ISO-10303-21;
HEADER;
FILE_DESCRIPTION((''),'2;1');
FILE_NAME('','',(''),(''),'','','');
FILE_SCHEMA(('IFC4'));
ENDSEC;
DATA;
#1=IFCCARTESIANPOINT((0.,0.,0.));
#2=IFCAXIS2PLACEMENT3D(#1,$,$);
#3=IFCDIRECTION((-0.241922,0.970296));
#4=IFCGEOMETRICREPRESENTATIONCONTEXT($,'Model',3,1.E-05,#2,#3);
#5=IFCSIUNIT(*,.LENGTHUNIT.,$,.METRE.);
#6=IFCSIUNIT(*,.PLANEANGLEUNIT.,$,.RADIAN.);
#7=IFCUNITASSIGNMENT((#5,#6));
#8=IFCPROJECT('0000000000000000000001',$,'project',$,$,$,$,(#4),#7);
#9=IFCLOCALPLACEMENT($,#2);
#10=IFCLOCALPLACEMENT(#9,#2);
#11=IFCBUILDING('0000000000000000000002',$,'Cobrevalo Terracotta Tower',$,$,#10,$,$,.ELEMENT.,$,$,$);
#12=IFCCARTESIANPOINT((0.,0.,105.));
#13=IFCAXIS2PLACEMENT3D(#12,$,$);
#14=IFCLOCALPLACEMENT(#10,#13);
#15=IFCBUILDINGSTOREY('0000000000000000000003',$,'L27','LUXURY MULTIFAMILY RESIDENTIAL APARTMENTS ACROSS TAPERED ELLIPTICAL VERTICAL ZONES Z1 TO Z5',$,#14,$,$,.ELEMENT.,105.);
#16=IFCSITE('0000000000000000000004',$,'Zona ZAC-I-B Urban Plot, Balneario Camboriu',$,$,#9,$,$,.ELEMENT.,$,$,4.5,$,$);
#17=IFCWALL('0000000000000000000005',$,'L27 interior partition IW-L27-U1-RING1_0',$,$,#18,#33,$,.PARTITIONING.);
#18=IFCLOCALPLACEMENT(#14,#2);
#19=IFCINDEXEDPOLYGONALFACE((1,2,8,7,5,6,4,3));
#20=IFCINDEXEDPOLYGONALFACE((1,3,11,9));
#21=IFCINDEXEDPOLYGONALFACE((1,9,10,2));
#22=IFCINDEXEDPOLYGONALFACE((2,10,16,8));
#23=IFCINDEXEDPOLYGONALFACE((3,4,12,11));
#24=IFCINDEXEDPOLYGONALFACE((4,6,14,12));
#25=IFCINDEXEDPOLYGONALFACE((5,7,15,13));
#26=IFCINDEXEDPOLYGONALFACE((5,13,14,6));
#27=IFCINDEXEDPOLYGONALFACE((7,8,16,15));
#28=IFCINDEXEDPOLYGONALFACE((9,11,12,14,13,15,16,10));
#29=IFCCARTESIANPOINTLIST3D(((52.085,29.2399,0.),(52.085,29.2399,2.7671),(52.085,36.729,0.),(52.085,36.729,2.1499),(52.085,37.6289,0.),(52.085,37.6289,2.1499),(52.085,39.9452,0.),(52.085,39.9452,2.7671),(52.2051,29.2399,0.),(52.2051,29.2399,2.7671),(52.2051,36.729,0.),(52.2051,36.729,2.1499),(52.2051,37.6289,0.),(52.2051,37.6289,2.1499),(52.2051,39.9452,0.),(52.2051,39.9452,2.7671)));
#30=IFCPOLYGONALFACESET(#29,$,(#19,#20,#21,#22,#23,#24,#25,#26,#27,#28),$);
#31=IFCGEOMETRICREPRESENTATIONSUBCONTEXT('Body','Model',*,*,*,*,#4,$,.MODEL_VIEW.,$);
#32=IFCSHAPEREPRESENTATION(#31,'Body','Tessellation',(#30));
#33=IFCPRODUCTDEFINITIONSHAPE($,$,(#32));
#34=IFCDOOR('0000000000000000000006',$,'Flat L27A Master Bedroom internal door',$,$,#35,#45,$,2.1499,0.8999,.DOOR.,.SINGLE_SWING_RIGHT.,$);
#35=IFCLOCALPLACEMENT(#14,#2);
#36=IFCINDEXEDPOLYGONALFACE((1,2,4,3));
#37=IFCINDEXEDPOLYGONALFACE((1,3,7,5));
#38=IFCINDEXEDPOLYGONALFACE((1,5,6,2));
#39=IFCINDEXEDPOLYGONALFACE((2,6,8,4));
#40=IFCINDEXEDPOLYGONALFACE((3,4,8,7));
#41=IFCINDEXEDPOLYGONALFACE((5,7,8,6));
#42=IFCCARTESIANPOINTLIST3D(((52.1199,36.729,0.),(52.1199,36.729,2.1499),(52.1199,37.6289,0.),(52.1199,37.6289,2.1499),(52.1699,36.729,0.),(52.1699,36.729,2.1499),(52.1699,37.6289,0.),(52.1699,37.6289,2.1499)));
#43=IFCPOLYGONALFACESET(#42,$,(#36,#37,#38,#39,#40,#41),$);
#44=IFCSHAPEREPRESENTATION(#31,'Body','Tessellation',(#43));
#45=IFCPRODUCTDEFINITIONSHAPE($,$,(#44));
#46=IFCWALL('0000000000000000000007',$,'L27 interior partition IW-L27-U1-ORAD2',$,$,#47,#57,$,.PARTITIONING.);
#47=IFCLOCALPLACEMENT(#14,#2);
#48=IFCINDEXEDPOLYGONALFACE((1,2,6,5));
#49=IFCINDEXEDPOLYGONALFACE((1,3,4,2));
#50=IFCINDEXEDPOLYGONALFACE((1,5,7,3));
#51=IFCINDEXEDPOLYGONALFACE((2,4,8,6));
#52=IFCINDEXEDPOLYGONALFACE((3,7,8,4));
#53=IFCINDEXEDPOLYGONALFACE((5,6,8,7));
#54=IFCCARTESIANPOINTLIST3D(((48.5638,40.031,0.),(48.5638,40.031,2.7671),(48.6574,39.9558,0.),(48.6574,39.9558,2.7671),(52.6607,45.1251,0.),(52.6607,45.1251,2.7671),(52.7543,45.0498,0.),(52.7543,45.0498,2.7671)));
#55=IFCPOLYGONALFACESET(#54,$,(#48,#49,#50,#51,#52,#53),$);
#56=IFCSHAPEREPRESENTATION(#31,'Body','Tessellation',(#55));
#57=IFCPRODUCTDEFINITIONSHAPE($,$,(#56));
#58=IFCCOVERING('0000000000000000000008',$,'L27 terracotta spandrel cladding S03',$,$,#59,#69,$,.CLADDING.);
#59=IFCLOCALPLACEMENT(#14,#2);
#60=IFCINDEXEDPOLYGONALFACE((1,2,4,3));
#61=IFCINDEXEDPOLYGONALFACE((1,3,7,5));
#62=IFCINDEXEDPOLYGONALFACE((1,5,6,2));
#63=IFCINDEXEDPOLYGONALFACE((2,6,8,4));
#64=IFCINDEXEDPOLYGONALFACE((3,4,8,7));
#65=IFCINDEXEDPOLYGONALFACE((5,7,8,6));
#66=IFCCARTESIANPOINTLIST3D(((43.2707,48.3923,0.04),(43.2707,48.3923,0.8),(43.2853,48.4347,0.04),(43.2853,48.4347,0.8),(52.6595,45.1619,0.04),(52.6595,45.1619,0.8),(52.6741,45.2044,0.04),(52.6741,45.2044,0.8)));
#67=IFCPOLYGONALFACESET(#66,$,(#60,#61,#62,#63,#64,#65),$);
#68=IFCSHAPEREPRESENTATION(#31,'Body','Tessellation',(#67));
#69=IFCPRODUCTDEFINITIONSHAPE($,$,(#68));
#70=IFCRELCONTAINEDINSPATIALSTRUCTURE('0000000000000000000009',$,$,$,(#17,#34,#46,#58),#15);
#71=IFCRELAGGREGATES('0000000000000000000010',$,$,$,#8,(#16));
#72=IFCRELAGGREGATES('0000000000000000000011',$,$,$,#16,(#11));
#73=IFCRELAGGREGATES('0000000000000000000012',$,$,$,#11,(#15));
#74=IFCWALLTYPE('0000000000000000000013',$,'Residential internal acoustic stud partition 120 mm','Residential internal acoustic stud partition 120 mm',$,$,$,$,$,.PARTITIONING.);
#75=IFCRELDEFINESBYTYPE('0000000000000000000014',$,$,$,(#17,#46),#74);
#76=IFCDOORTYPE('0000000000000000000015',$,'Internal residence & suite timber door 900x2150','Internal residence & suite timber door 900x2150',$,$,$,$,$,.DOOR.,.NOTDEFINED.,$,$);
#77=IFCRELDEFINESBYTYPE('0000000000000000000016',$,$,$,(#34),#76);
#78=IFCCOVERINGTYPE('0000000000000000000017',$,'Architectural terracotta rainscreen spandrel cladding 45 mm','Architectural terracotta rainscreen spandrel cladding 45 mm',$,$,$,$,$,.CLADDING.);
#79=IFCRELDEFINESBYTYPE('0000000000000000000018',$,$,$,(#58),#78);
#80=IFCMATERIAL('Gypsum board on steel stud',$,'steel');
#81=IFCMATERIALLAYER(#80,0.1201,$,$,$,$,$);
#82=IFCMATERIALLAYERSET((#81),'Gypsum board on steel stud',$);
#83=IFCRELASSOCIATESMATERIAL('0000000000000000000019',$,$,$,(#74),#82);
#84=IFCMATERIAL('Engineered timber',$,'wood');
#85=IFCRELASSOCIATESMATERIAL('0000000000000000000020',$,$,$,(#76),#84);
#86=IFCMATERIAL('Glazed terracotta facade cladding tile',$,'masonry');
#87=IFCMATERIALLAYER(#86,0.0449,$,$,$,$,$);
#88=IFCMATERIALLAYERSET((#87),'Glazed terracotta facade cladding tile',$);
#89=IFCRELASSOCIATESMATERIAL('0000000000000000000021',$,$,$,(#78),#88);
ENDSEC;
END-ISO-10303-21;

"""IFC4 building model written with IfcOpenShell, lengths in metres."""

from ifc_helpers import new_model, si_unit, direction, frame, frame_2d, origin, origin_2d, place, context, subcontext, project, spatial, rectangle, extrude, source, transform, mapped, material, layer, layer_set, type_object, element, fill, save


model = new_model("IFC4")

# Units and contexts
model_context = context("Model", 3, precision=1e-05, world=origin(), true_north=direction((-0.241922, 0.970296)))
body_context = subcontext(model_context, "Body", "Model", "MODEL_VIEW")
ifc_project = project(units=[si_unit("LENGTHUNIT", "METRE"), si_unit("PLANEANGLEUNIT", "RADIAN")], contexts=[model_context])

# Site, building, storey
site_placement = place(None, origin())
site = spatial("IfcSite", under=ifc_project, at=site_placement, Name="Zona ZAC-I-B Urban Plot, Balneario Camboriu", CompositionType="ELEMENT", RefElevation=4.5)
building_placement = place(site_placement, origin())
building = spatial("IfcBuilding", under=site, at=building_placement, Name="Cobrevalo Terracotta Tower", CompositionType="ELEMENT")
storey_placement = place(building_placement, frame((0.0, 0.0, 105.0)))
storey = spatial("IfcBuildingStorey", under=building, at=storey_placement, Name="L27", Description="LUXURY MULTIFAMILY RESIDENTIAL APARTMENTS ACROSS TAPERED ELLIPTICAL VERTICAL ZONES Z1 TO Z5", CompositionType="ELEMENT", Elevation=105.0)

# Wall, opening, door
ifc_material_1 = material(Name="Gypsum board on steel stud", Category="steel")
ifc_layer_1 = layer(ifc_material_1, 0.1201)
ifc_layer_set_1 = layer_set([ifc_layer_1], Name="Gypsum board on steel stud")
wall_type_1 = type_object("IfcWallType", Name="Residential internal acoustic stud partition 120 mm", Description="Residential internal acoustic stud partition 120 mm", PredefinedType="PARTITIONING", material=ifc_layer_set_1)
wall_1_placement = place(storey_placement, frame((52.145, 39.9451, 0.0), z_axis=(0.0, 0.0, 1.0), x_axis=(0.0, -1.0, 0.0)))
wall_1 = element("IfcWall", 1, at=wall_1_placement, inside=storey, type_object=wall_type_1, Name="L27 interior partition IW-L27-U1-RING1_0", PredefinedType="PARTITIONING", context=body_context, shape_type="SweptSolid", body=[
    extrude(rectangle(XDim=10.7053, YDim=0.1201, at=frame_2d((5.3525, 0.0))), origin(), (0.0, 0.0, 1.0), 2.7671),
])
opening_1_placement = place(wall_1_placement, frame((2.3162, 0.0, 0.0)))
opening_1 = element("IfcOpeningElement", 2, at=opening_1_placement, cuts=wall_1, PredefinedType="OPENING", context=body_context, shape_type="SweptSolid", body=[
    extrude(rectangle(XDim=0.8999, YDim=2.1499, at=frame_2d((0.45, 1.075))), frame((0.0, 0.0701, 0.0), z_axis=(0.0, -1.0, 0.0), x_axis=(1.0, 0.0, 0.0)), (0.0, 0.0, 1.0), 0.1401),
])
ifc_material_2 = material(Name="Engineered timber", Category="wood")
door_type_1 = type_object("IfcDoorType", Name="Internal residence & suite timber door 900x2150", Description="Internal residence & suite timber door 900x2150", OperationType="NOTDEFINED", PredefinedType="DOOR", material=ifc_material_2)
shared_shape_1 = source(origin(), body_context, "Body", "SweptSolid", [
    extrude(rectangle(XDim=0.8999, YDim=2.1499, at=frame_2d((0.45, 1.075))), frame((0.0, 0.0249, 0.0), z_axis=(0.0, -1.0, 0.0), x_axis=(1.0, 0.0, 0.0)), (0.0, 0.0, 1.0), 0.05),
])
door_1_placement = place(opening_1_placement, origin())
door_1 = element("IfcDoor", 3, at=door_1_placement, inside=storey, type_object=door_type_1, Name="Flat L27A Master Bedroom internal door", OperationType="SINGLE_SWING_RIGHT", OverallHeight=2.1499, OverallWidth=0.8999, PredefinedType="DOOR", context=body_context, shape_type="MappedRepresentation", body=[
    mapped(shared_shape_1, transform((0.0, 0.0, 0.0), scale=1.0)),
])
fill(opening_1, door_1)

# Wall
wall_2_placement = place(storey_placement, frame((48.6106, 39.9934, 0.0), z_axis=(0.0, 0.0, 1.0), x_axis=(0.62672, 0.779245, 0.0)))
element("IfcWall", 4, at=wall_2_placement, inside=storey, type_object=wall_type_1, Name="L27 interior partition IW-L27-U1-ORAD2", PredefinedType="PARTITIONING", context=body_context, shape_type="SweptSolid", body=[
    extrude(rectangle(XDim=6.5371, YDim=0.1201, at=frame_2d((3.2686, 0.0))), origin(), (0.0, 0.0, 1.0), 2.7671),
])

# Covering
ifc_material_3 = material(Name="Glazed terracotta facade cladding tile", Category="masonry")
ifc_layer_2 = layer(ifc_material_3, 0.0449)
ifc_layer_set_2 = layer_set([ifc_layer_2], Name="Glazed terracotta facade cladding tile")
covering_type = type_object("IfcCoveringType", Name="Architectural terracotta rainscreen spandrel cladding 45 mm", Description="Architectural terracotta rainscreen spandrel cladding 45 mm", PredefinedType="CLADDING", material=ifc_layer_set_2)
shared_shape_2 = source(origin(), body_context, "Body", "SweptSolid", [
    extrude(rectangle(XDim=9.929, YDim=0.0449, at=origin_2d()), origin(), (0.0, 0.0, 1.0), 0.76),
])
covering_placement = place(storey_placement, frame((47.9724, 46.7983, 0.04), z_axis=(0.0, 0.0, 1.0), x_axis=(-0.945596, 0.325342, 0.0)))
element("IfcCovering", 5, at=covering_placement, inside=storey, type_object=covering_type, Name="L27 terracotta spandrel cladding S03", PredefinedType="CLADDING", context=body_context, shape_type="MappedRepresentation", body=[
    mapped(shared_shape_2, transform((0.0, 0.0, 0.0), scale=1.0)),
])

save(model, "model.ifc")
